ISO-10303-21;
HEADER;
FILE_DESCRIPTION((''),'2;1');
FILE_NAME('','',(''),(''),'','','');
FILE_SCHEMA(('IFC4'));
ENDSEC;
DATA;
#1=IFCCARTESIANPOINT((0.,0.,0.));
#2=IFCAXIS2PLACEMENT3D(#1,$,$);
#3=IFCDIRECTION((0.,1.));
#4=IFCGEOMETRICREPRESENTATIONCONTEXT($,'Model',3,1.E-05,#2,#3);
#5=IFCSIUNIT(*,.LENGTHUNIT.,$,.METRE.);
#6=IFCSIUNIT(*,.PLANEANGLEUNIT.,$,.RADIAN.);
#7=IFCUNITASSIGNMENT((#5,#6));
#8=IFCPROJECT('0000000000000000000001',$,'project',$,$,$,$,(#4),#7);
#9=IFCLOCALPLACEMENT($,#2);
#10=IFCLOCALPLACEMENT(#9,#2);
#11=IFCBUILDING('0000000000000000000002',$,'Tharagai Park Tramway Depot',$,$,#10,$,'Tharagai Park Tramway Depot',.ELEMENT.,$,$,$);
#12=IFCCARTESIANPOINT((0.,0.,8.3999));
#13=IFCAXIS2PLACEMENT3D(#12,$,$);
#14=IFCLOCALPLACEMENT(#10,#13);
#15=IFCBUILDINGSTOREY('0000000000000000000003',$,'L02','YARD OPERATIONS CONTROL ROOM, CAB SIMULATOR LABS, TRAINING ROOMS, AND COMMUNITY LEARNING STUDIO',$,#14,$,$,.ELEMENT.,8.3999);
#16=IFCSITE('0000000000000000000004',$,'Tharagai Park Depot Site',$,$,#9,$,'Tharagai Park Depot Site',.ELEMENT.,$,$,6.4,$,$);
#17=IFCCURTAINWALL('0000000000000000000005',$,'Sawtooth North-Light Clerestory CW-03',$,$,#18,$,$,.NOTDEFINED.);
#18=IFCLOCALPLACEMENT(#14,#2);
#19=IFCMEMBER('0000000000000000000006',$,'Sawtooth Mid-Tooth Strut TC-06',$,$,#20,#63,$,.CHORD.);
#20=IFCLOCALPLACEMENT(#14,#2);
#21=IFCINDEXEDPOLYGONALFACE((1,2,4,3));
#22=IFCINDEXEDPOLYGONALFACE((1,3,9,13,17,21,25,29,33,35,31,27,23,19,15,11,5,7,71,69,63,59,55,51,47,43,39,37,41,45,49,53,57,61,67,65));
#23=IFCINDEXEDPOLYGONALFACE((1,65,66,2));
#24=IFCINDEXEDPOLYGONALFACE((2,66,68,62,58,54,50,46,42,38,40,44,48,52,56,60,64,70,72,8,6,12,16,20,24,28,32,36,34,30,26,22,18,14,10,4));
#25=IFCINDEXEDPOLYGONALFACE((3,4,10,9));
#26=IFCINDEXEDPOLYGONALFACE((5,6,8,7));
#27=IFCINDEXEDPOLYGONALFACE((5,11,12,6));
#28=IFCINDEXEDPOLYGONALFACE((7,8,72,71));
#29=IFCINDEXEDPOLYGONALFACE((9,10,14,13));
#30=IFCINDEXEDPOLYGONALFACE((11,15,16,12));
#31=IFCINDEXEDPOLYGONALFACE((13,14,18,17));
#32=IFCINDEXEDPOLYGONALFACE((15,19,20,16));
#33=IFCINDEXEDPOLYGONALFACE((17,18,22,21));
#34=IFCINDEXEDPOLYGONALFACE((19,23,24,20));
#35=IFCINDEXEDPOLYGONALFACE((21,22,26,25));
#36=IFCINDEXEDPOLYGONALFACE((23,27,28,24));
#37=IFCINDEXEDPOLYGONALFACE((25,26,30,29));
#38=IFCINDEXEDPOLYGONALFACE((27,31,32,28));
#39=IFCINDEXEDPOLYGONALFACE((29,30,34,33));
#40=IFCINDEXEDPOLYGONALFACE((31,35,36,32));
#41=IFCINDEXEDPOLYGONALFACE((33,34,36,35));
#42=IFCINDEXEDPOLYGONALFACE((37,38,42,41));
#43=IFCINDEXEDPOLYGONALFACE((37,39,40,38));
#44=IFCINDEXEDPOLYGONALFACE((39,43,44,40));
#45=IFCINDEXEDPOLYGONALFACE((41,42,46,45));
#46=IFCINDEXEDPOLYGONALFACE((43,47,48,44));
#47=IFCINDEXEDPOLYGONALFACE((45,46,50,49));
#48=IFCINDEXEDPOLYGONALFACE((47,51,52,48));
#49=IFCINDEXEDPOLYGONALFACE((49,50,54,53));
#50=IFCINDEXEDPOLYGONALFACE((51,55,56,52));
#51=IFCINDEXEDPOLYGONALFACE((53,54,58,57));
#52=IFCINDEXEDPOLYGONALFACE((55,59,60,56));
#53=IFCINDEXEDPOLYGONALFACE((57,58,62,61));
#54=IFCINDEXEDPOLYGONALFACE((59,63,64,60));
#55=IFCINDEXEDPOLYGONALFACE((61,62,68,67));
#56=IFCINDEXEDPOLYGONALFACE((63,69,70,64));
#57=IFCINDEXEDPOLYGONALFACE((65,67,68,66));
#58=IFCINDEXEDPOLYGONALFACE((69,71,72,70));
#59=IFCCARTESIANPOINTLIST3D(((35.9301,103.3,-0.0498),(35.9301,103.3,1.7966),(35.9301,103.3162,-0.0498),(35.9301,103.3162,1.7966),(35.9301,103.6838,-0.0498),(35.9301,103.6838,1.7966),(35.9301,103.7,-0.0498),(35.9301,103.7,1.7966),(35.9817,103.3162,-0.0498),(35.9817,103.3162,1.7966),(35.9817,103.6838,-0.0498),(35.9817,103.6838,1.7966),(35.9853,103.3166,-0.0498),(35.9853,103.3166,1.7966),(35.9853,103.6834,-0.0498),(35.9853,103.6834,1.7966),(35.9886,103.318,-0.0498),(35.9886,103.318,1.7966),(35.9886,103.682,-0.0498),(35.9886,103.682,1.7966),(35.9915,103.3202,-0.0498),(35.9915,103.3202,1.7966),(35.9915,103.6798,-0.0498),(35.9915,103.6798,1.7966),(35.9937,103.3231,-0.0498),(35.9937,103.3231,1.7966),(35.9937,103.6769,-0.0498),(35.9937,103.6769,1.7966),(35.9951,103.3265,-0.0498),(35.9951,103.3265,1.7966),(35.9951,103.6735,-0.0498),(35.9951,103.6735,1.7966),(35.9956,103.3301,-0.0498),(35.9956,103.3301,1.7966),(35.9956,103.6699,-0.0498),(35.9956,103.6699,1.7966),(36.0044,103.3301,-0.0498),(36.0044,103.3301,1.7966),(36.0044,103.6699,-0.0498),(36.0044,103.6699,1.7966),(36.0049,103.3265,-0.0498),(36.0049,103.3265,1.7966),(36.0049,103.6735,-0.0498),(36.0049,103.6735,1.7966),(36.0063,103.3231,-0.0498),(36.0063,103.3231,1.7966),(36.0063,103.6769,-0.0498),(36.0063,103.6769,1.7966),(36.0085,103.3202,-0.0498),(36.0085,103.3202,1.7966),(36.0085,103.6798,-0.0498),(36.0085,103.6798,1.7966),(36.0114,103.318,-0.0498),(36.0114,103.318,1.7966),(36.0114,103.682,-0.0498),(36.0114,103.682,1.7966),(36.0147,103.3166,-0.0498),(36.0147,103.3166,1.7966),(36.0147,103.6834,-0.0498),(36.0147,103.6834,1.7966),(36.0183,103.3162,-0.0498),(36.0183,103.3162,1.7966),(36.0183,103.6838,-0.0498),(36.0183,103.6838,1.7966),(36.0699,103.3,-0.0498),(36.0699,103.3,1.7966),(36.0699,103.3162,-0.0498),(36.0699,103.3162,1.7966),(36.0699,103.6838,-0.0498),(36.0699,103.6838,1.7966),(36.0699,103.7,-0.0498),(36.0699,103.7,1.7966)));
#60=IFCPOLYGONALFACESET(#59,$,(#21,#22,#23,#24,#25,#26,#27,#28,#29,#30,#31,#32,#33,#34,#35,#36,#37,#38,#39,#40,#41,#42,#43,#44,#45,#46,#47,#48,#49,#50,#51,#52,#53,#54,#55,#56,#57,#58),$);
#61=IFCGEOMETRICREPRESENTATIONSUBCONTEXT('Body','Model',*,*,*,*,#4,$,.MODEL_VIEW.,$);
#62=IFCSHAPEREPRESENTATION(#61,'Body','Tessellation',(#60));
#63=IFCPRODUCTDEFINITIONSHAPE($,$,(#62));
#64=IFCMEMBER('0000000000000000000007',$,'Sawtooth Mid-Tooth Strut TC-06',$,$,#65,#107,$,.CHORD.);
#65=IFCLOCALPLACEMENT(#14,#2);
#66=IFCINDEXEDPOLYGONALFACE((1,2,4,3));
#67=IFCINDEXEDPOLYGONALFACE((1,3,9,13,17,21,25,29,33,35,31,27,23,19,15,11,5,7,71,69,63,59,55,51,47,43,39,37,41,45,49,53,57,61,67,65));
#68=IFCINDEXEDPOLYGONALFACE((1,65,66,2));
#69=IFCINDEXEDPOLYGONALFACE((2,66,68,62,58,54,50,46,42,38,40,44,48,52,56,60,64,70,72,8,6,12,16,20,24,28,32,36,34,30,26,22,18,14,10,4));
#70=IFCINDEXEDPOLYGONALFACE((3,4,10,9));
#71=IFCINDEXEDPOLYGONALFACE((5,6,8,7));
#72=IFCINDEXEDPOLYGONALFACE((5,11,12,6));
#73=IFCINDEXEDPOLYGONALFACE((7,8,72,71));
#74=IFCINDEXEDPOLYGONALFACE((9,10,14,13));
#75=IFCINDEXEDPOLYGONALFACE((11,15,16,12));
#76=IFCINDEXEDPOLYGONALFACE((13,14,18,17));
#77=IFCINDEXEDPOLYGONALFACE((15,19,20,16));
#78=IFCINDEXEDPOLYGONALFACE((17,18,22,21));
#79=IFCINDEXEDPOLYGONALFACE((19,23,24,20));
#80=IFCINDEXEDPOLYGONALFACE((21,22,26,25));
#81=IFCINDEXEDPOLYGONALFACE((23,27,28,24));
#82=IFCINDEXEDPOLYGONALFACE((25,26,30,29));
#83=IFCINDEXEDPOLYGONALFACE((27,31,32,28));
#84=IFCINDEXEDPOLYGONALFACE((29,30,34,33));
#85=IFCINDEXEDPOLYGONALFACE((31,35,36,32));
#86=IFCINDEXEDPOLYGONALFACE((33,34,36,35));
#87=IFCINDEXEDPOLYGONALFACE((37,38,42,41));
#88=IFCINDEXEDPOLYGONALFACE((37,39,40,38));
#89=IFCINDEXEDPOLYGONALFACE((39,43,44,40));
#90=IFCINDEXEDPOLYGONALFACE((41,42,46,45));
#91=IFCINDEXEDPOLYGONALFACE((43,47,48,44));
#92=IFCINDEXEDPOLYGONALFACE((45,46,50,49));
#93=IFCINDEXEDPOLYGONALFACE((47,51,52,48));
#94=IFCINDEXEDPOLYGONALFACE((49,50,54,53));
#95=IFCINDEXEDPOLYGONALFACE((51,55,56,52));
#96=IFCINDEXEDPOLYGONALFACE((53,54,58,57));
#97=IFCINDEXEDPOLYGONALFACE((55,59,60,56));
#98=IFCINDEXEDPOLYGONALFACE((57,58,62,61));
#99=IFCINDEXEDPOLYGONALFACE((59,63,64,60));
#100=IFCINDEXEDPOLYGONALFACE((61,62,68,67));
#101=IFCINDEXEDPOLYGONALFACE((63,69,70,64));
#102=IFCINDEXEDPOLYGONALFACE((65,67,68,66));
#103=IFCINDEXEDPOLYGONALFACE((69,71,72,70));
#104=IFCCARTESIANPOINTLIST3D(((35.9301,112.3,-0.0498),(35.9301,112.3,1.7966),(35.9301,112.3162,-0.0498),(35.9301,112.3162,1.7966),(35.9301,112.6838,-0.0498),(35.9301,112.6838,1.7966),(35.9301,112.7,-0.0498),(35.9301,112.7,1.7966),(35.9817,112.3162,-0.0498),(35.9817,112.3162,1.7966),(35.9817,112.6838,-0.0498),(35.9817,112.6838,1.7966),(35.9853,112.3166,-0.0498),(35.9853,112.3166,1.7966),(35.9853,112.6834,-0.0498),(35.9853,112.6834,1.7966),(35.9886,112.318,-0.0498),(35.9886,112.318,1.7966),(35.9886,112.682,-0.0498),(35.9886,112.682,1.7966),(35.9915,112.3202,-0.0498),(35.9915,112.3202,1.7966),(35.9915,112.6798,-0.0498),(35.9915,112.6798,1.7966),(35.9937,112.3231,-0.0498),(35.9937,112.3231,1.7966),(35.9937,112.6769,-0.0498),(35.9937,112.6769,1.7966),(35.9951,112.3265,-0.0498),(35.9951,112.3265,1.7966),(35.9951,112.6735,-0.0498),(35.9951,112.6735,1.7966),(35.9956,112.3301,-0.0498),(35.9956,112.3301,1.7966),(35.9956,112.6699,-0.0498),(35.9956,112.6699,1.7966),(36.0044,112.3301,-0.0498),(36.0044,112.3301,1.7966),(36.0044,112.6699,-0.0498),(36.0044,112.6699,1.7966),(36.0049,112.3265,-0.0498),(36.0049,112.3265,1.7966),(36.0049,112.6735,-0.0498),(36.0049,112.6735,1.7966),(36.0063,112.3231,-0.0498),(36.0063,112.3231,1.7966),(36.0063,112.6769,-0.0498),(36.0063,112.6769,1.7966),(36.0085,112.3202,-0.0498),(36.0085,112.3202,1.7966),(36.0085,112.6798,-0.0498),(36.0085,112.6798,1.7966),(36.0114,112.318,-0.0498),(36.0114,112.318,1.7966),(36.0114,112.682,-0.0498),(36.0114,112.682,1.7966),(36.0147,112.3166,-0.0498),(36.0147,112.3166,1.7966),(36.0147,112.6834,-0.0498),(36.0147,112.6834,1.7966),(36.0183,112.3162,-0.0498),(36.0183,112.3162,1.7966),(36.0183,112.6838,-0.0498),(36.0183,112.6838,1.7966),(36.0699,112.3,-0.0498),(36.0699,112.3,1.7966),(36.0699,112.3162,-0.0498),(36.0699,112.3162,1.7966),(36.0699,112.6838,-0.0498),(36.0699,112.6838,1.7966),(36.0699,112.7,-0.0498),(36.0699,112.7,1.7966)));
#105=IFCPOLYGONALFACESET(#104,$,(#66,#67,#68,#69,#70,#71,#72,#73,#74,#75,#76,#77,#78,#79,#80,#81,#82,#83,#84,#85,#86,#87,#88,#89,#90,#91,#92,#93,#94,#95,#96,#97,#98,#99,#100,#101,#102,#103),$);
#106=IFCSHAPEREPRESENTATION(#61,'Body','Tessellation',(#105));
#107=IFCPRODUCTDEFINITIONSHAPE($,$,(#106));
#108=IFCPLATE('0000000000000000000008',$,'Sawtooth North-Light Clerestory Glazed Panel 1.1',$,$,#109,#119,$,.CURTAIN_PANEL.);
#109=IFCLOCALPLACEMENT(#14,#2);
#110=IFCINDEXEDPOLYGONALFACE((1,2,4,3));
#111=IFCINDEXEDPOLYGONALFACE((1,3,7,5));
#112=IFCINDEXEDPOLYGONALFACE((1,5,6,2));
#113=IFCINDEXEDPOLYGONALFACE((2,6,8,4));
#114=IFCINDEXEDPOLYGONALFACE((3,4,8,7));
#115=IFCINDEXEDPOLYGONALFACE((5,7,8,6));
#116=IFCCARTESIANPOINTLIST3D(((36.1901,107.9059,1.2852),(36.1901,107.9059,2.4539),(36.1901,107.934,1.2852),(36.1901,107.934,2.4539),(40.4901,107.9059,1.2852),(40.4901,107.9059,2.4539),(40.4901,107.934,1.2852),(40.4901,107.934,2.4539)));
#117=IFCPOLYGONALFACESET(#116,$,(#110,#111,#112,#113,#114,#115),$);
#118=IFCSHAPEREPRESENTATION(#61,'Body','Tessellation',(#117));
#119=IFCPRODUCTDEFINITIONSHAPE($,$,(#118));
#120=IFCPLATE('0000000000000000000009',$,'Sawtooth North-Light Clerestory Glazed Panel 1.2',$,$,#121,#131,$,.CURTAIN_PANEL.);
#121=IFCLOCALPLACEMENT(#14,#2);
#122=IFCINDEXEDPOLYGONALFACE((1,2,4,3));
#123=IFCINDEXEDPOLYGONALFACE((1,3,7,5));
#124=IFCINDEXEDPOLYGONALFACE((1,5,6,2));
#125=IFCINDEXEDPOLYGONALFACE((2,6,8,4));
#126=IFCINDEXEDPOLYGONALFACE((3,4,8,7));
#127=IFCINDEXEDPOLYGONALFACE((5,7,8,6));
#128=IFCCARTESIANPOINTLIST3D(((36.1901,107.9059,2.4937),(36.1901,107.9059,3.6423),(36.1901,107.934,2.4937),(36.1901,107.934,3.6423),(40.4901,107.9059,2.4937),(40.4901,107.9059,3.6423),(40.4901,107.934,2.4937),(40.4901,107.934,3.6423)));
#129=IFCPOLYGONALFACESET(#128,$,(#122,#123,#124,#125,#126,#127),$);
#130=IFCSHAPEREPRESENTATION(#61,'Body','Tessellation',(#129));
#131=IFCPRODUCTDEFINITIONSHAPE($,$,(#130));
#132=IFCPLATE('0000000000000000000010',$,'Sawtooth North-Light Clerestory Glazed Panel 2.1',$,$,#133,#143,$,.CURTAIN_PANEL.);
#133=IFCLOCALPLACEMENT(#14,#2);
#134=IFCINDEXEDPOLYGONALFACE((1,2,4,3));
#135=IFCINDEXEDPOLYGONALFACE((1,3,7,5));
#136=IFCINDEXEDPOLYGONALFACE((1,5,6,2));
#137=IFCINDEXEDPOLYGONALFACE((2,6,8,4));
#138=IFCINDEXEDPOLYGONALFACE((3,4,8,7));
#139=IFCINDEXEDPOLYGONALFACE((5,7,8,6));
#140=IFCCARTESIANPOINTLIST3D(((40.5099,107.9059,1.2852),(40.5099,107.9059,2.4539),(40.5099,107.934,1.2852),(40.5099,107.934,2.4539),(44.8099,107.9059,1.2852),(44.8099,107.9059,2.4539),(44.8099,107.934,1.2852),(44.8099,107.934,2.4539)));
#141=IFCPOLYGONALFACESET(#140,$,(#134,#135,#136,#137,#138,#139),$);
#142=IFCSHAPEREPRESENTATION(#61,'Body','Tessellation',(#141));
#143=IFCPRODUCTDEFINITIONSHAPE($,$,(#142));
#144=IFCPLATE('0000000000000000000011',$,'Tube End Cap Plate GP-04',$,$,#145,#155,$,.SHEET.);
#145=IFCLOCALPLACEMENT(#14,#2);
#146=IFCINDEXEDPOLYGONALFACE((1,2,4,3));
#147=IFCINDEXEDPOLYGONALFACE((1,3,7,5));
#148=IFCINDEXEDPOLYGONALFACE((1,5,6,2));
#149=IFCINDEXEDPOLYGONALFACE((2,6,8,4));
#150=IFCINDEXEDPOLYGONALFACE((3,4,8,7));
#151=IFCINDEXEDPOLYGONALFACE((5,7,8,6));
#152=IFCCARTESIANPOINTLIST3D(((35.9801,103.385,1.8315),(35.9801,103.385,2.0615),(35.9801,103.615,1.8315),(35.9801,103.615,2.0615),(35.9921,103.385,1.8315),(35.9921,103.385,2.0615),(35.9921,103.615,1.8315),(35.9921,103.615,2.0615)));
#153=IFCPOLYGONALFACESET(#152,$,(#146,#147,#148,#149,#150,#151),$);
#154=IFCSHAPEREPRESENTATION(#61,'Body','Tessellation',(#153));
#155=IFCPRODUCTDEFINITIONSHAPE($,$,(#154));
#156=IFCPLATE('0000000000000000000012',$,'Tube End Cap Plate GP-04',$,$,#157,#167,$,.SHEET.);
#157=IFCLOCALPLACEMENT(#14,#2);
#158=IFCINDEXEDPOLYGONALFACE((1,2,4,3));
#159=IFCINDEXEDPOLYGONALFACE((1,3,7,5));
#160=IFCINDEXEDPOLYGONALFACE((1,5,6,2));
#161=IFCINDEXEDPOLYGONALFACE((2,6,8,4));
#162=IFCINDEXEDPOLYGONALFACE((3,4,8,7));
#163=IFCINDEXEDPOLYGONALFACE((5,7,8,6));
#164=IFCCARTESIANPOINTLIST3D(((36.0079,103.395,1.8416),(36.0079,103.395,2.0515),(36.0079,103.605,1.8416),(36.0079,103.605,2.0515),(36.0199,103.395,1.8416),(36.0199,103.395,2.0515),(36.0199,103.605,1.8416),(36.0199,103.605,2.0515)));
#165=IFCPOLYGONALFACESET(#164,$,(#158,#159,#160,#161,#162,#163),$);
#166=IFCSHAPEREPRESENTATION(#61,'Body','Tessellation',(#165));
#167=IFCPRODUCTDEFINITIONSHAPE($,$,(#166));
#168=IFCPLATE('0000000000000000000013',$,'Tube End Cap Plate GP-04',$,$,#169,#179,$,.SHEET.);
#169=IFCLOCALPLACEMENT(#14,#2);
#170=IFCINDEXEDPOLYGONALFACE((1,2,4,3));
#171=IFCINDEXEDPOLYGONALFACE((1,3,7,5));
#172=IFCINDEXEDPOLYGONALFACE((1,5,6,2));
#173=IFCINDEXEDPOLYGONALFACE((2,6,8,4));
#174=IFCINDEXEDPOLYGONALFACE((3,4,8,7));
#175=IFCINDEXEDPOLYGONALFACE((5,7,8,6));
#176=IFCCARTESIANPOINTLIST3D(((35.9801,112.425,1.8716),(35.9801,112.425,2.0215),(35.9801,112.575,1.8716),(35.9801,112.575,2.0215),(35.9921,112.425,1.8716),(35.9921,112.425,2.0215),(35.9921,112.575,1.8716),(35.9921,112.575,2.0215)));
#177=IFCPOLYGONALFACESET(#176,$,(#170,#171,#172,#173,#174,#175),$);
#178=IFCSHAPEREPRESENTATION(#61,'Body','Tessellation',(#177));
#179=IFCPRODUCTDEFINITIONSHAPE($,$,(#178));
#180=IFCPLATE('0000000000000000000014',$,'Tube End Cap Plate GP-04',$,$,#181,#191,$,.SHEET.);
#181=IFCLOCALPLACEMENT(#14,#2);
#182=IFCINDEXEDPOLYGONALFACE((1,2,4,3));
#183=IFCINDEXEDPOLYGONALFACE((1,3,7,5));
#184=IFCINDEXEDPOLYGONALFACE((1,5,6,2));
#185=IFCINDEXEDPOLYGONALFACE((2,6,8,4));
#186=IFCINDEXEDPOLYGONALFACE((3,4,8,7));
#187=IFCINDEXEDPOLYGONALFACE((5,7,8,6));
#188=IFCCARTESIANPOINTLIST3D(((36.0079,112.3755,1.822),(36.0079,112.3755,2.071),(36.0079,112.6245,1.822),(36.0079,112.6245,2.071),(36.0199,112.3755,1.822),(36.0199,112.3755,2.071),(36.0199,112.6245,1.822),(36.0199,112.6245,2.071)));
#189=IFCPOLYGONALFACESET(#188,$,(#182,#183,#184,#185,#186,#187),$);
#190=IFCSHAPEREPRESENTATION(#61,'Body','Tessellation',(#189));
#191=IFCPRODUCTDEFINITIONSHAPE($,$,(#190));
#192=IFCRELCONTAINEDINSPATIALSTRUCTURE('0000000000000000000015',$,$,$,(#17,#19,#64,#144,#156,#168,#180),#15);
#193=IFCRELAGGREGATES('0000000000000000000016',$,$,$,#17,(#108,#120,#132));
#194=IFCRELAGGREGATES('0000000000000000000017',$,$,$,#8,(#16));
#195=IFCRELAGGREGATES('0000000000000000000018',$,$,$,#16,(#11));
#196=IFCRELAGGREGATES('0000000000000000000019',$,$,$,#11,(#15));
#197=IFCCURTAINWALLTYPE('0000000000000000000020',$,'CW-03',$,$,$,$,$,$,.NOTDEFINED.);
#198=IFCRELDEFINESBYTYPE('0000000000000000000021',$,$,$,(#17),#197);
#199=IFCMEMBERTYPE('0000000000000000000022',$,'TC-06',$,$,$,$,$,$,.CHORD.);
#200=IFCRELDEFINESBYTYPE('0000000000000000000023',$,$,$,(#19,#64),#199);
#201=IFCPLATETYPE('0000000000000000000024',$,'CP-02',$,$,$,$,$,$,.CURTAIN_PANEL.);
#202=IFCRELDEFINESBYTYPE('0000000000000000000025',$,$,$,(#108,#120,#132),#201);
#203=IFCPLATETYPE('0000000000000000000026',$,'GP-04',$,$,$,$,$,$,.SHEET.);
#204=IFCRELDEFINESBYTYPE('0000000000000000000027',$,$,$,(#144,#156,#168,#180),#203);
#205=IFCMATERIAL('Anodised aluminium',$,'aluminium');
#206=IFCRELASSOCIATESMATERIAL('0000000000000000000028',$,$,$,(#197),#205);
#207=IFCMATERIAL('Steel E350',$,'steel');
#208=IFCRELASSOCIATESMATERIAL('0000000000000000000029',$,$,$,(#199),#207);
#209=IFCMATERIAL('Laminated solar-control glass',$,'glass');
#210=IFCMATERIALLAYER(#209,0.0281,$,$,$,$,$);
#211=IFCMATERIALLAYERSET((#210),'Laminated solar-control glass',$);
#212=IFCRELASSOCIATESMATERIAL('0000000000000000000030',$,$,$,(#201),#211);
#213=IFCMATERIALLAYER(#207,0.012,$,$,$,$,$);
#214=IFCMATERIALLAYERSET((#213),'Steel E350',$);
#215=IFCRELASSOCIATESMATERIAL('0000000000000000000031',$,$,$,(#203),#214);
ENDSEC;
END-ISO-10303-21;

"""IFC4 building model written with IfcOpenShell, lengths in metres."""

from ifc_helpers import new_model, si_unit, direction, frame, origin, origin_2d, place, context, subcontext, project, spatial, rectangle, i_section, extrude, material, layer, layer_set, material_profile, profile_set, type_object, element, aggregate, save


model = new_model("IFC4")

# Units and contexts
model_context = context("Model", 3, precision=1e-05, world=origin(), true_north=direction((0.0, 1.0)))
body_context = subcontext(model_context, "Body", "Model", "MODEL_VIEW")
ifc_project = project(units=[si_unit("LENGTHUNIT", "METRE"), si_unit("PLANEANGLEUNIT", "RADIAN")], contexts=[model_context])

# Site, building, storey
site_placement = place(None, origin())
site = spatial("IfcSite", under=ifc_project, at=site_placement, Name="Tharagai Park Depot Site", LongName="Tharagai Park Depot Site", CompositionType="ELEMENT", RefElevation=6.4)
building_placement = place(site_placement, origin())
building = spatial("IfcBuilding", under=site, at=building_placement, Name="Tharagai Park Tramway Depot", LongName="Tharagai Park Tramway Depot", CompositionType="ELEMENT")
storey_placement = place(building_placement, frame((0.0, 0.0, 8.3999)))
storey = spatial("IfcBuildingStorey", under=building, at=storey_placement, Name="L02", Description="YARD OPERATIONS CONTROL ROOM, CAB SIMULATOR LABS, TRAINING ROOMS, AND COMMUNITY LEARNING STUDIO", CompositionType="ELEMENT", Elevation=8.3999)

# Shared definitions
ifc_material_1 = material(Name="Steel E350", Category="steel")

# Curtain wall
ifc_material_2 = material(Name="Anodised aluminium", Category="aluminium")
curtain_wall_type = type_object("IfcCurtainWallType", Name="CW-03", PredefinedType="NOTDEFINED", material=ifc_material_2)
curtain_wall_placement = place(storey_placement, origin())
curtain_wall = element("IfcCurtainWall", 1, at=curtain_wall_placement, inside=storey, type_object=curtain_wall_type, Name="Sawtooth North-Light Clerestory CW-03", PredefinedType="NOTDEFINED")

# Members
ifc_material_profile_1 = material_profile(ifc_material_1, i_section(OverallWidth=0.1399, OverallDepth=0.3999, WebThickness=0.0088, FlangeThickness=0.0161, FilletRadius=0.0139, at=origin_2d()), Name="ISMB 400")
ifc_profile_set_1 = profile_set([ifc_material_profile_1], Name="Steel E350")
member_type_1 = type_object("IfcMemberType", Name="TC-06", PredefinedType="CHORD", material=ifc_profile_set_1)
for number, where, z_axis, x_axis, name in (
    (2, (36.0, 103.5, -0.0498), (0.0, 0.0, 1.0), (1.0, 0.0, 0.0), "Sawtooth Mid-Tooth Strut TC-06"),
    (3, (36.0, 112.5, -0.0498), (0.0, 0.0, 1.0), (1.0, 0.0, 0.0), "Sawtooth Mid-Tooth Strut TC-06"),
):
    element("IfcMember", number, at=place(storey_placement, frame(where, z_axis=z_axis, x_axis=x_axis)), inside=storey, type_object=member_type_1, Name=name, PredefinedType="CHORD", context=body_context, shape_type="SweptSolid", body=[
        extrude(i_section(OverallWidth=0.1399, OverallDepth=0.3999, WebThickness=0.0088, FlangeThickness=0.0161, FilletRadius=0.0139, at=origin_2d()), origin(), (0.0, 0.0, 1.0), 1.8464),
    ])

# Plates
ifc_material_3 = material(Name="Laminated solar-control glass", Category="glass")
ifc_layer_1 = layer(ifc_material_3, 0.0281)
ifc_layer_set_1 = layer_set([ifc_layer_1], Name="Laminated solar-control glass")
plate_type_1 = type_object("IfcPlateType", Name="CP-02", PredefinedType="CURTAIN_PANEL", material=ifc_layer_set_1)
plate_1_placement = place(storey_placement, frame((38.3401, 107.9199, 1.2852), z_axis=(0.0, 0.0, 1.0), x_axis=(1.0, 0.0, 0.0)))
plate_1 = element("IfcPlate", 4, at=plate_1_placement, type_object=plate_type_1, Name="Sawtooth North-Light Clerestory Glazed Panel 1.1", PredefinedType="CURTAIN_PANEL", context=body_context, shape_type="SweptSolid", body=[
    extrude(rectangle(XDim=4.3, YDim=0.0281, at=origin_2d()), origin(), (0.0, 0.0, 1.0), 1.1687),
])
plate_2_placement = place(storey_placement, frame((38.3401, 107.9199, 2.4937), z_axis=(0.0, 0.0, 1.0), x_axis=(1.0, 0.0, 0.0)))
plate_2 = element("IfcPlate", 5, at=plate_2_placement, type_object=plate_type_1, Name="Sawtooth North-Light Clerestory Glazed Panel 1.2", PredefinedType="CURTAIN_PANEL", context=body_context, shape_type="SweptSolid", body=[
    extrude(rectangle(XDim=4.3, YDim=0.0281, at=origin_2d()), origin(), (0.0, 0.0, 1.0), 1.1487),
])
plate_3_placement = place(storey_placement, frame((42.6599, 107.9199, 1.2852), z_axis=(0.0, 0.0, 1.0), x_axis=(1.0, 0.0, 0.0)))
plate_3 = element("IfcPlate", 6, at=plate_3_placement, type_object=plate_type_1, Name="Sawtooth North-Light Clerestory Glazed Panel 2.1", PredefinedType="CURTAIN_PANEL", context=body_context, shape_type="SweptSolid", body=[
    extrude(rectangle(XDim=4.3, YDim=0.0281, at=origin_2d()), origin(), (0.0, 0.0, 1.0), 1.1687),
])
aggregate(curtain_wall, [plate_1, plate_2, plate_3])

# Plates
ifc_layer_2 = layer(ifc_material_1, 0.012)
ifc_layer_set_2 = layer_set([ifc_layer_2], Name="Steel E350")
plate_type_2 = type_object("IfcPlateType", Name="GP-04", PredefinedType="SHEET", material=ifc_layer_set_2)
plate_4_placement = place(storey_placement, frame((35.9861, 103.5, 1.8315), z_axis=(0.0, 0.0, 1.0), x_axis=(1.0, 0.0, 0.0)))
element("IfcPlate", 7, at=plate_4_placement, inside=storey, type_object=plate_type_2, Name="Tube End Cap Plate GP-04", PredefinedType="SHEET", context=body_context, shape_type="SweptSolid", body=[
    extrude(rectangle(XDim=0.012, YDim=0.23, at=origin_2d()), origin(), (0.0, 0.0, 1.0), 0.23),
])
plate_5_placement = place(storey_placement, frame((36.0139, 103.5, 1.8416), z_axis=(0.0, 0.0, 1.0), x_axis=(1.0, 0.0, 0.0)))
element("IfcPlate", 8, at=plate_5_placement, inside=storey, type_object=plate_type_2, Name="Tube End Cap Plate GP-04", PredefinedType="SHEET", context=body_context, shape_type="SweptSolid", body=[
    extrude(rectangle(XDim=0.012, YDim=0.21, at=origin_2d()), origin(), (0.0, 0.0, 1.0), 0.21),
])
plate_6_placement = place(storey_placement, frame((35.9861, 112.5, 1.8716), z_axis=(0.0, 0.0, 1.0), x_axis=(1.0, 0.0, 0.0)))
element("IfcPlate", 9, at=plate_6_placement, inside=storey, type_object=plate_type_2, Name="Tube End Cap Plate GP-04", PredefinedType="SHEET", context=body_context, shape_type="SweptSolid", body=[
    extrude(rectangle(XDim=0.012, YDim=0.1499, at=origin_2d()), origin(), (0.0, 0.0, 1.0), 0.1499),
])
plate_7_placement = place(storey_placement, frame((36.0139, 112.5, 1.822), z_axis=(0.0, 0.0, 1.0), x_axis=(1.0, 0.0, 0.0)))
element("IfcPlate", 10, at=plate_7_placement, inside=storey, type_object=plate_type_2, Name="Tube End Cap Plate GP-04", PredefinedType="SHEET", context=body_context, shape_type="SweptSolid", body=[
    extrude(rectangle(XDim=0.012, YDim=0.249, at=origin_2d()), origin(), (0.0, 0.0, 1.0), 0.249),
])

save(model, "model.ifc")
